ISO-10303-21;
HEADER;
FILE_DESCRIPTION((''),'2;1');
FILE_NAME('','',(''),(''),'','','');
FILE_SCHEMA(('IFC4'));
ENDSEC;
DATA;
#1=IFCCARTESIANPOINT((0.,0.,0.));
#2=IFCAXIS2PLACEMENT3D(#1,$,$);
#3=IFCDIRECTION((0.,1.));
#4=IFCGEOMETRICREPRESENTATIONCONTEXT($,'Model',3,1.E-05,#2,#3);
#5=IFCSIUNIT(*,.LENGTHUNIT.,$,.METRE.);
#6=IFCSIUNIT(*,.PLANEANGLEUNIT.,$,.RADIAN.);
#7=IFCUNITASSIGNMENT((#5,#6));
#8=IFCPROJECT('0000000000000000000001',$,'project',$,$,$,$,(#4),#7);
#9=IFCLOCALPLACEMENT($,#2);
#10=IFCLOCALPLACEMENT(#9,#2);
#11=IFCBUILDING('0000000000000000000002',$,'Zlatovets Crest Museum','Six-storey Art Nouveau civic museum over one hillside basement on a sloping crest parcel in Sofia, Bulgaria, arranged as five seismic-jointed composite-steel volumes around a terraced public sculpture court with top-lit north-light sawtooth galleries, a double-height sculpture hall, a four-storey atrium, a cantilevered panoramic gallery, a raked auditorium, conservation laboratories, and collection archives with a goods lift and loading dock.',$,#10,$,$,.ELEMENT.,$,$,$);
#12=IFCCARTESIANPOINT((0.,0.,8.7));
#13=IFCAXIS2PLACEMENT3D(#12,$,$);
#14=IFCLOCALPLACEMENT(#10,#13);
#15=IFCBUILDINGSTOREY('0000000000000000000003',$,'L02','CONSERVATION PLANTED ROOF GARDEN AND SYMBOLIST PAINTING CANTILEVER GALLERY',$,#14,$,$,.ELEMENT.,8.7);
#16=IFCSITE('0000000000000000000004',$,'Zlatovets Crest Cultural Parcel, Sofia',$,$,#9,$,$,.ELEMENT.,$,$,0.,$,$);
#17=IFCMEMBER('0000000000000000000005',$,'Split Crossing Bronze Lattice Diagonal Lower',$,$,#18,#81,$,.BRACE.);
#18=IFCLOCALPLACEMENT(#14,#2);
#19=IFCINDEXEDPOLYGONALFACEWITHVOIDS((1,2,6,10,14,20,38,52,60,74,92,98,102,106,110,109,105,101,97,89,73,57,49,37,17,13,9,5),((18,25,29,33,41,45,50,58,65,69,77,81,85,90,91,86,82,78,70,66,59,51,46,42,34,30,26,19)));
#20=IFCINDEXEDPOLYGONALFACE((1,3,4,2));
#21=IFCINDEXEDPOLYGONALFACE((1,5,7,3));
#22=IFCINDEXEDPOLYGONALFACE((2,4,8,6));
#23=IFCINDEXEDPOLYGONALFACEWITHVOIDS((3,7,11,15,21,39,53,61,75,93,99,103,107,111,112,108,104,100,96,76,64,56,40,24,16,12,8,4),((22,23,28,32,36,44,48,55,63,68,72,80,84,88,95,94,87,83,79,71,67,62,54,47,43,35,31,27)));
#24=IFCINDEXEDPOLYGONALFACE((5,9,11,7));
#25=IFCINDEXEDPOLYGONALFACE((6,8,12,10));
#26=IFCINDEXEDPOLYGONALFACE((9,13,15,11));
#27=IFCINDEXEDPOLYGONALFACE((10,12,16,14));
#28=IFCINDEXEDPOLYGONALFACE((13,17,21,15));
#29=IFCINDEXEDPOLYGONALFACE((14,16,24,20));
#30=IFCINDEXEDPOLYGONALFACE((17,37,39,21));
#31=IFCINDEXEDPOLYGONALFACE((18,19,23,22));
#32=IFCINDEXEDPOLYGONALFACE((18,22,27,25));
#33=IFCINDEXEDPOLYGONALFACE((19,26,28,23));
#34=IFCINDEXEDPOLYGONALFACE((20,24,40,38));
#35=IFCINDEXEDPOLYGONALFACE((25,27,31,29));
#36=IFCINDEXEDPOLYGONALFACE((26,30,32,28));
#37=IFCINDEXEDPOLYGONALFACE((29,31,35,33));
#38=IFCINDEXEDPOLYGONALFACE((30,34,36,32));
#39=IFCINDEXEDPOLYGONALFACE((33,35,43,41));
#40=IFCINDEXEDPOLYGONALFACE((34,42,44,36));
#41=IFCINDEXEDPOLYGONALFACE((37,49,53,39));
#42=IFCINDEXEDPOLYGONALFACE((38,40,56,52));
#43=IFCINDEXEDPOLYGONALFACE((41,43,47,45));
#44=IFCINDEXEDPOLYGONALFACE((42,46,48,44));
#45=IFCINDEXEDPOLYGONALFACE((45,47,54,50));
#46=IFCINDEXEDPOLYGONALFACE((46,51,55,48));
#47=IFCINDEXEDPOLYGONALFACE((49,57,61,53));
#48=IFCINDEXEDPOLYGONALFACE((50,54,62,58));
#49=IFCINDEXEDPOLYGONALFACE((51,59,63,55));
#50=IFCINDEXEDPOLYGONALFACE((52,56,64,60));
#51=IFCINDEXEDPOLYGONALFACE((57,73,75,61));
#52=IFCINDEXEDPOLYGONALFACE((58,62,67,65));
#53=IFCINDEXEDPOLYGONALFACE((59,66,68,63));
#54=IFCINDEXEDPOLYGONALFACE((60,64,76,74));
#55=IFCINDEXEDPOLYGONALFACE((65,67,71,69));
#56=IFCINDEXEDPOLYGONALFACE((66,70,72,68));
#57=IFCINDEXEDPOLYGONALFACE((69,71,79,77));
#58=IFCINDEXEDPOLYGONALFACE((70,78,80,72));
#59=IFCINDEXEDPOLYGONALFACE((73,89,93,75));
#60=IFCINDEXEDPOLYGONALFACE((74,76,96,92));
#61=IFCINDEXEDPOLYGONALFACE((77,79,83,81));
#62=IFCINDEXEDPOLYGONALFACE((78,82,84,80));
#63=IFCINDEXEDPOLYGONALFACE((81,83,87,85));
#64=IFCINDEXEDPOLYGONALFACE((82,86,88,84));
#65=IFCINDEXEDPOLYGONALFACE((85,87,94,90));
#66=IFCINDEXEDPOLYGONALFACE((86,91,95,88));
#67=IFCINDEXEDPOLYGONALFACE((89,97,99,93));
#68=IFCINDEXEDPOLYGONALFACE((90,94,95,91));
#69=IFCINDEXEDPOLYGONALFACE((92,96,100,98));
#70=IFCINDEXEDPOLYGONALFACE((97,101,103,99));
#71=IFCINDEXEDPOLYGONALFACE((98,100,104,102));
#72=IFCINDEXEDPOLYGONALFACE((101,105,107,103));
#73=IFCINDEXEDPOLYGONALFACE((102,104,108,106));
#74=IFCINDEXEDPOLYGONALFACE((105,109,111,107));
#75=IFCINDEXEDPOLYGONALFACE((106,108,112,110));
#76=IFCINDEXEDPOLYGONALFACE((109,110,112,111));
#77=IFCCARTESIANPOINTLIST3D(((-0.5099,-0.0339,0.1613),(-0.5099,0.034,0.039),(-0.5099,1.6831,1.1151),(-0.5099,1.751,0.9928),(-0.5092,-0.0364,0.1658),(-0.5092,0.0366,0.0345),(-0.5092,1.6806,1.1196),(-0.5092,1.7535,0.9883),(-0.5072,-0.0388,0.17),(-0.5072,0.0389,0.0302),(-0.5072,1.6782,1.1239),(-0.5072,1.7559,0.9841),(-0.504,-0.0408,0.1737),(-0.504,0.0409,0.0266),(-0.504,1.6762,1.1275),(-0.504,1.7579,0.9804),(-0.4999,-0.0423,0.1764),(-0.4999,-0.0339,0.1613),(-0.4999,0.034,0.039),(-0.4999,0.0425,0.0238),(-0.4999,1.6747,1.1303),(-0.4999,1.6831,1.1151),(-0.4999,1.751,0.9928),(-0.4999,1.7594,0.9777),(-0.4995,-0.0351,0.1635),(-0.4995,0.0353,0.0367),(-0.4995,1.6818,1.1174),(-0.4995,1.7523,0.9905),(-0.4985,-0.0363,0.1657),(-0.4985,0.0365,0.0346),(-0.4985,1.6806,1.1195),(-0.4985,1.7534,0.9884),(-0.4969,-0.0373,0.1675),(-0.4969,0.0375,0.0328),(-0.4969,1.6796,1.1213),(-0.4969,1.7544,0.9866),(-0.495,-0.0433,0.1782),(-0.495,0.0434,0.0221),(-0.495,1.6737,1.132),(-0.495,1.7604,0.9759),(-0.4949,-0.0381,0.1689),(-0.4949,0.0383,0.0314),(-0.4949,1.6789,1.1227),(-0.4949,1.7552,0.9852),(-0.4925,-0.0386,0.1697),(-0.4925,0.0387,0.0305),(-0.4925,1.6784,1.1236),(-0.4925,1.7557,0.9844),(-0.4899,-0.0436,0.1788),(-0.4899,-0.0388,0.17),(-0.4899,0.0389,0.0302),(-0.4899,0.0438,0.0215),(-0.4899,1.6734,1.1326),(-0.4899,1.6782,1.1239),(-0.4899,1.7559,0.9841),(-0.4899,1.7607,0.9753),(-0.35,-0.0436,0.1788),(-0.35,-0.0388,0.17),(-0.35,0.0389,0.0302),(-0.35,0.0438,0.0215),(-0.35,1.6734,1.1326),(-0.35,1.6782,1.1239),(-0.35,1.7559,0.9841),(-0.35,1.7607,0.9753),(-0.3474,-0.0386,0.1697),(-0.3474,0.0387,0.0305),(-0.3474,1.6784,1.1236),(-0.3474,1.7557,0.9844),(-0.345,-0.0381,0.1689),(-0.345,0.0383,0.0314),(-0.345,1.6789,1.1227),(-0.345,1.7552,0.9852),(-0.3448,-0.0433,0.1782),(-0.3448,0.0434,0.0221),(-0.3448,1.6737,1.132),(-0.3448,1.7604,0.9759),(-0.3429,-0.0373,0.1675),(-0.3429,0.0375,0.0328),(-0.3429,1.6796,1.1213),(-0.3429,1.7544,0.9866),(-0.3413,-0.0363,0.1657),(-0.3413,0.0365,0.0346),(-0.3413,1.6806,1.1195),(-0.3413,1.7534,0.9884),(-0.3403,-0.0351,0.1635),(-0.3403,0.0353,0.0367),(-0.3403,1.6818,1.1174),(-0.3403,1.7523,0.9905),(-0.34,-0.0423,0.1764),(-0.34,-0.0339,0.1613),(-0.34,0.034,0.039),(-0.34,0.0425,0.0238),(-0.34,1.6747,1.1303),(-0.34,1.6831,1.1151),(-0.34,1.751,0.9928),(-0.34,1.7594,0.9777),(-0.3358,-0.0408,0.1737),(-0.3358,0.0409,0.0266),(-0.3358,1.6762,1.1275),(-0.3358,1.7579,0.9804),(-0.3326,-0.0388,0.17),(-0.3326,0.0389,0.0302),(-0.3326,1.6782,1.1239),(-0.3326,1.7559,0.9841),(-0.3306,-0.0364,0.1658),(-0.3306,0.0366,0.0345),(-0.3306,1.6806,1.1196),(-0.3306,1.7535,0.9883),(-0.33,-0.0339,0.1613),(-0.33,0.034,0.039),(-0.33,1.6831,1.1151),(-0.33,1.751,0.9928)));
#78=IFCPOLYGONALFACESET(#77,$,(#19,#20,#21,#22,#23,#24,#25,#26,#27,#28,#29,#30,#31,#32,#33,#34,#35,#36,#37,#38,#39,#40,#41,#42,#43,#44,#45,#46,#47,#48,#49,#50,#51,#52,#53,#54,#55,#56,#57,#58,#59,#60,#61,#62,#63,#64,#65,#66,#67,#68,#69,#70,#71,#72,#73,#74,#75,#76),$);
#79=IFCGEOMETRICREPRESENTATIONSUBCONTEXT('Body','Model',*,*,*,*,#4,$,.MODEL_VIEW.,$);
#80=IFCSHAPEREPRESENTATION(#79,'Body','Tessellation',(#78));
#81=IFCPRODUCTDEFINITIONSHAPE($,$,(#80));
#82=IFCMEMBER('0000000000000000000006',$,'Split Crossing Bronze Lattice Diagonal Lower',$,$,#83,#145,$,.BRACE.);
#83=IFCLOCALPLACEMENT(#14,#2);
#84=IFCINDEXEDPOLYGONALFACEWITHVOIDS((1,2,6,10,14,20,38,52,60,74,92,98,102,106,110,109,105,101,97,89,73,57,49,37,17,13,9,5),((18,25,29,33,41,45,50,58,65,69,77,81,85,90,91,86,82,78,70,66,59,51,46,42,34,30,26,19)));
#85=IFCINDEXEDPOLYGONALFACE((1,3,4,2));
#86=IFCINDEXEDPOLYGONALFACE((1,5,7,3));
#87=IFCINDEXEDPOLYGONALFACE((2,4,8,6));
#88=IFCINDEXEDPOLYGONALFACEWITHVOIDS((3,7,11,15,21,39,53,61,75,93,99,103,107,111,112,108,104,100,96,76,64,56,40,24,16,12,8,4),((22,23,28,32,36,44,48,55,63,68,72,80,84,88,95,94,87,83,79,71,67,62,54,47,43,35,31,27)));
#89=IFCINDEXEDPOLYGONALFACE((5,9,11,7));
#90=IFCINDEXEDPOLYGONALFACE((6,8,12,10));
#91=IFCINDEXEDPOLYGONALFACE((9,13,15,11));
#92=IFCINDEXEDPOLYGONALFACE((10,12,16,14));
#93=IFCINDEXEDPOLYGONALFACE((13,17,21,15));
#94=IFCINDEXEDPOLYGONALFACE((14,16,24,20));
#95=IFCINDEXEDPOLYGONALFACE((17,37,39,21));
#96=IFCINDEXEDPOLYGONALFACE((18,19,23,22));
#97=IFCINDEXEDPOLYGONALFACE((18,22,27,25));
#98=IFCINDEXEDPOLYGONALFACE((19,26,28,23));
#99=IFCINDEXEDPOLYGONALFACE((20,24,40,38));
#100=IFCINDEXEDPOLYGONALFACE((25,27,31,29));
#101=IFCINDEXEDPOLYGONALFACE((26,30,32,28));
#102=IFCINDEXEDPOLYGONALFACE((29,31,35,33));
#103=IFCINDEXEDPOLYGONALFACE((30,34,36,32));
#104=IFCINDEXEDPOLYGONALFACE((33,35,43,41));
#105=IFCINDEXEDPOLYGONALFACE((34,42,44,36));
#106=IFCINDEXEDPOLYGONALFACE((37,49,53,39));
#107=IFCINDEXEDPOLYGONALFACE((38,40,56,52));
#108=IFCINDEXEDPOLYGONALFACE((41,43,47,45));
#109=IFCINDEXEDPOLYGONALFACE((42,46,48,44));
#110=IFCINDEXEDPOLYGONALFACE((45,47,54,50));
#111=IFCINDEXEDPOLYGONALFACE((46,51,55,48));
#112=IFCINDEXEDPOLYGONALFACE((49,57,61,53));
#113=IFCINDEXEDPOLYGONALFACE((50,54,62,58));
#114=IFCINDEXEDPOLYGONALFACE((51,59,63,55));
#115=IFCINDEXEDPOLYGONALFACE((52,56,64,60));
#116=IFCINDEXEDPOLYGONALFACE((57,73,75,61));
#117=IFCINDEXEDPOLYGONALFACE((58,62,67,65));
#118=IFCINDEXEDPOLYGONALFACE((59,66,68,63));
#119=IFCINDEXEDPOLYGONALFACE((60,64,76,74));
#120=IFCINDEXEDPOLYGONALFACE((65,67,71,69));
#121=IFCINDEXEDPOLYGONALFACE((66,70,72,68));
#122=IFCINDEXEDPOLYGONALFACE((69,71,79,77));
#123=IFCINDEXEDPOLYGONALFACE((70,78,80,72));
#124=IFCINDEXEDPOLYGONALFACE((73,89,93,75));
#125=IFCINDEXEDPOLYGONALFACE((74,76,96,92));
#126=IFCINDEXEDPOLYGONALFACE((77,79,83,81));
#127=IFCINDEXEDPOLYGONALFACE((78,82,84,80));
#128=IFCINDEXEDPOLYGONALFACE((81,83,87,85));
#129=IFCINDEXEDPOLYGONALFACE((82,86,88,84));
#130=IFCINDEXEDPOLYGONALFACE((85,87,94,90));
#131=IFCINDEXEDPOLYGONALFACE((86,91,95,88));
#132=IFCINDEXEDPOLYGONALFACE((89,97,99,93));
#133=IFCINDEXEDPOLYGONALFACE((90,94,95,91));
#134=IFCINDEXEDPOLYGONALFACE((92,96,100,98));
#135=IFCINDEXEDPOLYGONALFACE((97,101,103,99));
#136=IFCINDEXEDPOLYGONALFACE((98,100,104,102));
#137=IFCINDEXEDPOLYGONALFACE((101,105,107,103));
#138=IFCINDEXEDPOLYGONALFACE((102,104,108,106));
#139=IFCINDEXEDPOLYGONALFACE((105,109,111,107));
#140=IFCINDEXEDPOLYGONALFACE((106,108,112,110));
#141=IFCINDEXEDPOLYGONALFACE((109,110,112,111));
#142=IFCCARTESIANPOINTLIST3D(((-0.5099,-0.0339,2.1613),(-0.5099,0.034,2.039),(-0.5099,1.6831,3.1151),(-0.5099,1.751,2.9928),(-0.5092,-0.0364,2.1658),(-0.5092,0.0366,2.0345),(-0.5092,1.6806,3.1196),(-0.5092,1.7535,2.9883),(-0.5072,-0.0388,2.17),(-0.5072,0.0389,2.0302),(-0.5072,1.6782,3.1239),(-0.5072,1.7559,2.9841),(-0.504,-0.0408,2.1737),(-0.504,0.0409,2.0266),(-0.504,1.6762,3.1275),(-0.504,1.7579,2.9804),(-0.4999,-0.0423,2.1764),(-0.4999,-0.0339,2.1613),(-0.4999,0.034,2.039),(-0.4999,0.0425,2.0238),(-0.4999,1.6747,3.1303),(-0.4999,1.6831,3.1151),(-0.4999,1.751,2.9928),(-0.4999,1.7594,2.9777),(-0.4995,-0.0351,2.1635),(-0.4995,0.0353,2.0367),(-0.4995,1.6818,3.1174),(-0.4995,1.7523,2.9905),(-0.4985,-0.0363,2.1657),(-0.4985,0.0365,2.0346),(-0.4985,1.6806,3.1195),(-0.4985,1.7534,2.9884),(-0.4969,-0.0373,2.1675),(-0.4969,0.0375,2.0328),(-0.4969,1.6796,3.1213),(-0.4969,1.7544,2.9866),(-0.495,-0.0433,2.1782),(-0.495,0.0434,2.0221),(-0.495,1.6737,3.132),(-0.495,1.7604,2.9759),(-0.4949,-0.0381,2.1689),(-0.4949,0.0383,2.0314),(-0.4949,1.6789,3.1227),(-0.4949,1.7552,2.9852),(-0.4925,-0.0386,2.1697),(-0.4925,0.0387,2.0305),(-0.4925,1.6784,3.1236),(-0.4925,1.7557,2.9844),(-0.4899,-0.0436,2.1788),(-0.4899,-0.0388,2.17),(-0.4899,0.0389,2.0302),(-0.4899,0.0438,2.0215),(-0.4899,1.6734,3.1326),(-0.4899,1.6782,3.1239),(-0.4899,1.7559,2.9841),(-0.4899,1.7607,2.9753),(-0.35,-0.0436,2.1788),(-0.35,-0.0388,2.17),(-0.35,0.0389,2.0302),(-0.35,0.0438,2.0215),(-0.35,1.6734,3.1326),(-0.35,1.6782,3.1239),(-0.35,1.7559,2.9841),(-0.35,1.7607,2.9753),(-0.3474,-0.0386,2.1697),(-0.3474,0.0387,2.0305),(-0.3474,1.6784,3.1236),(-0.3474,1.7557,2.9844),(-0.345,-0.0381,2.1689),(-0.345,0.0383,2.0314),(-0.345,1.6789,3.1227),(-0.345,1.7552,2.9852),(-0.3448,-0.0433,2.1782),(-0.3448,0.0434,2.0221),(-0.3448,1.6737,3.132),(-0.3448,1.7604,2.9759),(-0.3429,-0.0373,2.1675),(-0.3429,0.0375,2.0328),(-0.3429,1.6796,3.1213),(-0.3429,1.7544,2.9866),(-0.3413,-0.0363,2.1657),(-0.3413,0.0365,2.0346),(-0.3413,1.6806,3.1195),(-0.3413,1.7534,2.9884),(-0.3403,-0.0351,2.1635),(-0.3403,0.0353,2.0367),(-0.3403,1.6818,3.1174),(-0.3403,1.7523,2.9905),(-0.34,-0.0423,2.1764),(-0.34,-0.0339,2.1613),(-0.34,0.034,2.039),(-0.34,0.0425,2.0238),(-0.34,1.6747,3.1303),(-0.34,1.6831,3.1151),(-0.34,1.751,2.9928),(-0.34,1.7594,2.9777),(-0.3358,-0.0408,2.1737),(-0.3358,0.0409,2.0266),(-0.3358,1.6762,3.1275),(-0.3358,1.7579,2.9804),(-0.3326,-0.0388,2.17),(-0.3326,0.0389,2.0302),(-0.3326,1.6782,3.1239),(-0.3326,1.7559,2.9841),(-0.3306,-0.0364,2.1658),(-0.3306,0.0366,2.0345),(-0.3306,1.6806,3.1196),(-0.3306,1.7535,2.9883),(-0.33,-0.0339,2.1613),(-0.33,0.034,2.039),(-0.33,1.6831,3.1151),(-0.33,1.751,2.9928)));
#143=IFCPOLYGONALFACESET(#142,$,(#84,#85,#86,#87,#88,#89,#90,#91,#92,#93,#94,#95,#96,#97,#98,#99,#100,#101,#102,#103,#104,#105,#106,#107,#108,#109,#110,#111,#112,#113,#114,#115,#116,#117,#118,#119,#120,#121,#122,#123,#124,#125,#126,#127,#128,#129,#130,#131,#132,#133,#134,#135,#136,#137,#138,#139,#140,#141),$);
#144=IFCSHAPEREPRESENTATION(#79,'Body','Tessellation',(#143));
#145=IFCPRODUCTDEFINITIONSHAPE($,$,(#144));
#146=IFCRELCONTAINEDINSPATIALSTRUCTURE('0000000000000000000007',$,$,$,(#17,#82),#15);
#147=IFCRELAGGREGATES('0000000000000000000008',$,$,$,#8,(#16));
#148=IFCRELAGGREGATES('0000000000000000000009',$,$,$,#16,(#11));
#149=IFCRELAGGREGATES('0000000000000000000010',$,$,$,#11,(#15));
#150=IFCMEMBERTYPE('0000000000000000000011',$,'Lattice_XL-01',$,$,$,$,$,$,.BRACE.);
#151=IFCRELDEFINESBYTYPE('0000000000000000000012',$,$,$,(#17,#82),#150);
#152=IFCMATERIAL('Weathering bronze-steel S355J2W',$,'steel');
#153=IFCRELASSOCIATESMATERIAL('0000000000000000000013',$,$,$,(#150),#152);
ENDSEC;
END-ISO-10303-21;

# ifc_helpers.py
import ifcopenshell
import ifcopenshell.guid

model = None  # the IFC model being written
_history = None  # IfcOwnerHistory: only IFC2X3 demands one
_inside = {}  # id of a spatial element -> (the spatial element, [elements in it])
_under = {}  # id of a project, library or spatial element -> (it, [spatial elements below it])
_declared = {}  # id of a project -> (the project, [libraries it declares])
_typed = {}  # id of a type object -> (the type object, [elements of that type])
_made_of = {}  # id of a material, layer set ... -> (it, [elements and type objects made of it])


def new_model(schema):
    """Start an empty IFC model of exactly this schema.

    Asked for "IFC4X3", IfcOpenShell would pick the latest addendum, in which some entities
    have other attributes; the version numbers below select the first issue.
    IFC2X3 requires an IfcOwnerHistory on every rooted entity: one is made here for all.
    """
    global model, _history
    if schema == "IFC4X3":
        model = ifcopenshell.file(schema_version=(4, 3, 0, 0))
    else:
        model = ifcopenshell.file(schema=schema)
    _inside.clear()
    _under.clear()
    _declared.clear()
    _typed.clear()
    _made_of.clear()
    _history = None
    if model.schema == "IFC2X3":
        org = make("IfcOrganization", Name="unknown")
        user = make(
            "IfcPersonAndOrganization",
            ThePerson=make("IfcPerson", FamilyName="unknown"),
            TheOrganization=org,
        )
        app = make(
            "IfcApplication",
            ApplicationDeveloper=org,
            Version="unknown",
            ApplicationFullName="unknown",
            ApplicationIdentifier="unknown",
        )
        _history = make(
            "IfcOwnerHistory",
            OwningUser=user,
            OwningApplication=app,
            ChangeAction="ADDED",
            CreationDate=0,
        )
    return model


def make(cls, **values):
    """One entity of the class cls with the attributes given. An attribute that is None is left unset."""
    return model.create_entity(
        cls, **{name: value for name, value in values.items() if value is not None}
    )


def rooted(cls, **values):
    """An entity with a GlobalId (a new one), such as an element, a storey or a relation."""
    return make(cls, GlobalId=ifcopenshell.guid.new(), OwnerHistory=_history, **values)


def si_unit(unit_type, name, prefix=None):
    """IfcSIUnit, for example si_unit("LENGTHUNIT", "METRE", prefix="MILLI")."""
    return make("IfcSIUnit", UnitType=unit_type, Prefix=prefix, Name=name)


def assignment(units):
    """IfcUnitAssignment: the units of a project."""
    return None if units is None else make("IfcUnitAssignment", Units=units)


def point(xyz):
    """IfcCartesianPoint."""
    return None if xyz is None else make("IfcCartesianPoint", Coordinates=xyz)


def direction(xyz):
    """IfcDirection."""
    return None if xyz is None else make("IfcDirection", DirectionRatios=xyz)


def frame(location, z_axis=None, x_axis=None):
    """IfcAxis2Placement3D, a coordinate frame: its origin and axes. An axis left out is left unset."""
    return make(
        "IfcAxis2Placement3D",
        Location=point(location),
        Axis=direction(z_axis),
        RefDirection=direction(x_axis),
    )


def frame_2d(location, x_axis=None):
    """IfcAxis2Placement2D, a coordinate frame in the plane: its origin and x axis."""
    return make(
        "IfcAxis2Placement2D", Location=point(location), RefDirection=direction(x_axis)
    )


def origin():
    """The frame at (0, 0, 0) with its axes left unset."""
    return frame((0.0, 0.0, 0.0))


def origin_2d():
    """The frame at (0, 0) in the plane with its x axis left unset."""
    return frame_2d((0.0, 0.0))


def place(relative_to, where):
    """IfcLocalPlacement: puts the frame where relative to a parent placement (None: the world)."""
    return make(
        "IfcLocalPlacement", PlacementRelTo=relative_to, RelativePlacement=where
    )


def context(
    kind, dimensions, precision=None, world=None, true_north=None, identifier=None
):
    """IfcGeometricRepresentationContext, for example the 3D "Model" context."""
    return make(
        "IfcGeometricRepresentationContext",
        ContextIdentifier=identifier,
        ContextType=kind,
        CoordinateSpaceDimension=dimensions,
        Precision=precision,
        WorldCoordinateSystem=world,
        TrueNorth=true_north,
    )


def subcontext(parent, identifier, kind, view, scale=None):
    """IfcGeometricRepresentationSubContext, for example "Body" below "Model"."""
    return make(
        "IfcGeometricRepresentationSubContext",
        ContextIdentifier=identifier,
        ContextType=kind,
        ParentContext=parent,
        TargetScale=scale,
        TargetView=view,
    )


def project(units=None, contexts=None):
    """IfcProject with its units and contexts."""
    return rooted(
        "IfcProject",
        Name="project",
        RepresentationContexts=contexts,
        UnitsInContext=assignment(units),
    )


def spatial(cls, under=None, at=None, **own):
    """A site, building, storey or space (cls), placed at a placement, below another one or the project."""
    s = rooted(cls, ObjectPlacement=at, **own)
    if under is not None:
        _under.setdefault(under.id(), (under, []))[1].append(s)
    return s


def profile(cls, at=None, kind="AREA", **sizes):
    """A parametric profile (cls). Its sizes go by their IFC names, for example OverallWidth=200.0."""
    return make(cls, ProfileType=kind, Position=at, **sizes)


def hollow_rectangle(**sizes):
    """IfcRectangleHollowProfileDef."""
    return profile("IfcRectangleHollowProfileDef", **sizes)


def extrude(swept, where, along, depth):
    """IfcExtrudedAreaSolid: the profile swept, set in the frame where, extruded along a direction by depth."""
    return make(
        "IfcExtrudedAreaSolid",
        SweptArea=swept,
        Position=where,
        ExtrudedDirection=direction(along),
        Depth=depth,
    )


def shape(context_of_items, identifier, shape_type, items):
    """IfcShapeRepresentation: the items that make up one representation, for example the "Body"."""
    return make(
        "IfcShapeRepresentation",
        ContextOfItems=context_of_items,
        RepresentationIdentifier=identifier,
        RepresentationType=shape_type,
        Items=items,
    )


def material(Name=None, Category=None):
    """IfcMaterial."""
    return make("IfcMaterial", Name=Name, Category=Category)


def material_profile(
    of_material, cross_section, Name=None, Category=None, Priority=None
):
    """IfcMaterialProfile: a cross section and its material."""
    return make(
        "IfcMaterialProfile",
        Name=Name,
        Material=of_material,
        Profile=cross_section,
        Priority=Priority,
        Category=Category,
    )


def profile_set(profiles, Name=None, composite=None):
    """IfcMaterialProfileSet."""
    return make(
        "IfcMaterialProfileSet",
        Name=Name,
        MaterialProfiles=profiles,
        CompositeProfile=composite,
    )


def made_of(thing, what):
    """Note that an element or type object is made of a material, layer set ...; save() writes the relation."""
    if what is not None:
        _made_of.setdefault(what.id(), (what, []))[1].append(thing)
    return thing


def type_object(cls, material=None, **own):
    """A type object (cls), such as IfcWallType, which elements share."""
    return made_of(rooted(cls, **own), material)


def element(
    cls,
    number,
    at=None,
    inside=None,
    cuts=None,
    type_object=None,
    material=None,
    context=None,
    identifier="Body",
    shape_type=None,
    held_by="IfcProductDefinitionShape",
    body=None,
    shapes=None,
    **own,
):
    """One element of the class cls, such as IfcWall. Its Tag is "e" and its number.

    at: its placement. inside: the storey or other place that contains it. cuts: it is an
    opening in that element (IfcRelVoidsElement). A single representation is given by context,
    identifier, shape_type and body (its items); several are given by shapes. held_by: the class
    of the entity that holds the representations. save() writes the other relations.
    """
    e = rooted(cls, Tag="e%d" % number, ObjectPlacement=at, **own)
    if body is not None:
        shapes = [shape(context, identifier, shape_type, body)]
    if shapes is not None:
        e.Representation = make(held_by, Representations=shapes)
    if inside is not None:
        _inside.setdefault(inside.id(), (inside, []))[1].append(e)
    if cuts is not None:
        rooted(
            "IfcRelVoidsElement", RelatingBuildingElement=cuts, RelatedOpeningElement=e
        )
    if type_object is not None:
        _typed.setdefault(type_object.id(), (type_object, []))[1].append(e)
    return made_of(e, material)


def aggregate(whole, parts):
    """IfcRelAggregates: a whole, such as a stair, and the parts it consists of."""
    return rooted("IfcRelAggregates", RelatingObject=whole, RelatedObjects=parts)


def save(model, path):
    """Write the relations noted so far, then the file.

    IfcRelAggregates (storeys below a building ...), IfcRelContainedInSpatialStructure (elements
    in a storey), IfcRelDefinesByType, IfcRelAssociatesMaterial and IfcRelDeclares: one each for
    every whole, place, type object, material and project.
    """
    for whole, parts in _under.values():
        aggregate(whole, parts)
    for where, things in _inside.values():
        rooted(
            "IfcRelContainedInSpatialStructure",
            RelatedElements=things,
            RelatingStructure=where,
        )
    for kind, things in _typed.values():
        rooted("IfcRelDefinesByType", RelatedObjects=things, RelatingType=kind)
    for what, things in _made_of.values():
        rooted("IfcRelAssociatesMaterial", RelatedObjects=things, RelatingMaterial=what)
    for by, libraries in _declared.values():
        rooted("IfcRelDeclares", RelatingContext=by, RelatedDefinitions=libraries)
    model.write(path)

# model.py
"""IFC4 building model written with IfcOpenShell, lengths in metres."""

from ifc_helpers import new_model, si_unit, direction, frame, origin, origin_2d, place, context, subcontext, project, spatial, hollow_rectangle, extrude, material, material_profile, profile_set, type_object, element, save


model = new_model("IFC4")

# Units and contexts
model_context = context("Model", 3, precision=1e-05, world=origin(), true_north=direction((0.0, 1.0)))
body_context = subcontext(model_context, "Body", "Model", "MODEL_VIEW")
ifc_project = project(units=[si_unit("LENGTHUNIT", "METRE"), si_unit("PLANEANGLEUNIT", "RADIAN")], contexts=[model_context])

# Site, building, storey
site_placement = place(None, origin())
site = spatial("IfcSite", under=ifc_project, at=site_placement, Name="Zlatovets Crest Cultural Parcel, Sofia", CompositionType="ELEMENT", RefElevation=0.0)
building_placement = place(site_placement, origin())
building = spatial("IfcBuilding", under=site, at=building_placement, Name="Zlatovets Crest Museum", Description="Six-storey Art Nouveau civic museum over one hillside basement on a sloping crest parcel in Sofia, Bulgaria, arranged as five seismic-jointed composite-steel volumes around a terraced public sculpture court with top-lit north-light sawtooth galleries, a double-height sculpture hall, a four-storey atrium, a cantilevered panoramic gallery, a raked auditorium, conservation laboratories, and collection archives with a goods lift and loading dock.", CompositionType="ELEMENT")
storey_placement = place(building_placement, frame((0.0, 0.0, 8.7)))
storey = spatial("IfcBuildingStorey", under=building, at=storey_placement, Name="L02", Description="CONSERVATION PLANTED ROOF GARDEN AND SYMBOLIST PAINTING CANTILEVER GALLERY", CompositionType="ELEMENT", Elevation=8.7)

# Members
ifc_material_1 = material(Name="Weathering bronze-steel S355J2W", Category="steel")
ifc_material_profile_1 = material_profile(ifc_material_1, hollow_rectangle(XDim=0.1799, YDim=0.1799, WallThickness=0.01, InnerFilletRadius=0.01, OuterFilletRadius=0.02, at=origin_2d()), Name="SHS 180x180x10.0")
ifc_profile_set_1 = profile_set([ifc_material_profile_1], Name="Weathering bronze-steel S355J2W")
member_type_1 = type_object("IfcMemberType", Name="Lattice_XL-01", PredefinedType="BRACE", material=ifc_profile_set_1)
for number, where, z_axis, x_axis, name in (
    (1, (-0.4199, 1.717, 1.054), (0.0, -0.874169, -0.485622), (1.0, 0.0, 0.0), "Split Crossing Bronze Lattice Diagonal Lower"),
    (2, (-0.4199, 1.717, 3.054), (0.0, -0.874169, -0.485622), (1.0, 0.0, 0.0), "Split Crossing Bronze Lattice Diagonal Lower"),
):
    element("IfcMember", number, at=place(storey_placement, frame(where, z_axis=z_axis, x_axis=x_axis)), inside=storey, type_object=member_type_1, Name=name, PredefinedType="BRACE", context=body_context, shape_type="SweptSolid", body=[
        extrude(hollow_rectangle(XDim=0.1799, YDim=0.1799, WallThickness=0.01, InnerFilletRadius=0.01, OuterFilletRadius=0.02, at=origin_2d()), origin(), (0.0, 0.0, 1.0), 1.9641),
    ])

save(model, "model.ifc")
